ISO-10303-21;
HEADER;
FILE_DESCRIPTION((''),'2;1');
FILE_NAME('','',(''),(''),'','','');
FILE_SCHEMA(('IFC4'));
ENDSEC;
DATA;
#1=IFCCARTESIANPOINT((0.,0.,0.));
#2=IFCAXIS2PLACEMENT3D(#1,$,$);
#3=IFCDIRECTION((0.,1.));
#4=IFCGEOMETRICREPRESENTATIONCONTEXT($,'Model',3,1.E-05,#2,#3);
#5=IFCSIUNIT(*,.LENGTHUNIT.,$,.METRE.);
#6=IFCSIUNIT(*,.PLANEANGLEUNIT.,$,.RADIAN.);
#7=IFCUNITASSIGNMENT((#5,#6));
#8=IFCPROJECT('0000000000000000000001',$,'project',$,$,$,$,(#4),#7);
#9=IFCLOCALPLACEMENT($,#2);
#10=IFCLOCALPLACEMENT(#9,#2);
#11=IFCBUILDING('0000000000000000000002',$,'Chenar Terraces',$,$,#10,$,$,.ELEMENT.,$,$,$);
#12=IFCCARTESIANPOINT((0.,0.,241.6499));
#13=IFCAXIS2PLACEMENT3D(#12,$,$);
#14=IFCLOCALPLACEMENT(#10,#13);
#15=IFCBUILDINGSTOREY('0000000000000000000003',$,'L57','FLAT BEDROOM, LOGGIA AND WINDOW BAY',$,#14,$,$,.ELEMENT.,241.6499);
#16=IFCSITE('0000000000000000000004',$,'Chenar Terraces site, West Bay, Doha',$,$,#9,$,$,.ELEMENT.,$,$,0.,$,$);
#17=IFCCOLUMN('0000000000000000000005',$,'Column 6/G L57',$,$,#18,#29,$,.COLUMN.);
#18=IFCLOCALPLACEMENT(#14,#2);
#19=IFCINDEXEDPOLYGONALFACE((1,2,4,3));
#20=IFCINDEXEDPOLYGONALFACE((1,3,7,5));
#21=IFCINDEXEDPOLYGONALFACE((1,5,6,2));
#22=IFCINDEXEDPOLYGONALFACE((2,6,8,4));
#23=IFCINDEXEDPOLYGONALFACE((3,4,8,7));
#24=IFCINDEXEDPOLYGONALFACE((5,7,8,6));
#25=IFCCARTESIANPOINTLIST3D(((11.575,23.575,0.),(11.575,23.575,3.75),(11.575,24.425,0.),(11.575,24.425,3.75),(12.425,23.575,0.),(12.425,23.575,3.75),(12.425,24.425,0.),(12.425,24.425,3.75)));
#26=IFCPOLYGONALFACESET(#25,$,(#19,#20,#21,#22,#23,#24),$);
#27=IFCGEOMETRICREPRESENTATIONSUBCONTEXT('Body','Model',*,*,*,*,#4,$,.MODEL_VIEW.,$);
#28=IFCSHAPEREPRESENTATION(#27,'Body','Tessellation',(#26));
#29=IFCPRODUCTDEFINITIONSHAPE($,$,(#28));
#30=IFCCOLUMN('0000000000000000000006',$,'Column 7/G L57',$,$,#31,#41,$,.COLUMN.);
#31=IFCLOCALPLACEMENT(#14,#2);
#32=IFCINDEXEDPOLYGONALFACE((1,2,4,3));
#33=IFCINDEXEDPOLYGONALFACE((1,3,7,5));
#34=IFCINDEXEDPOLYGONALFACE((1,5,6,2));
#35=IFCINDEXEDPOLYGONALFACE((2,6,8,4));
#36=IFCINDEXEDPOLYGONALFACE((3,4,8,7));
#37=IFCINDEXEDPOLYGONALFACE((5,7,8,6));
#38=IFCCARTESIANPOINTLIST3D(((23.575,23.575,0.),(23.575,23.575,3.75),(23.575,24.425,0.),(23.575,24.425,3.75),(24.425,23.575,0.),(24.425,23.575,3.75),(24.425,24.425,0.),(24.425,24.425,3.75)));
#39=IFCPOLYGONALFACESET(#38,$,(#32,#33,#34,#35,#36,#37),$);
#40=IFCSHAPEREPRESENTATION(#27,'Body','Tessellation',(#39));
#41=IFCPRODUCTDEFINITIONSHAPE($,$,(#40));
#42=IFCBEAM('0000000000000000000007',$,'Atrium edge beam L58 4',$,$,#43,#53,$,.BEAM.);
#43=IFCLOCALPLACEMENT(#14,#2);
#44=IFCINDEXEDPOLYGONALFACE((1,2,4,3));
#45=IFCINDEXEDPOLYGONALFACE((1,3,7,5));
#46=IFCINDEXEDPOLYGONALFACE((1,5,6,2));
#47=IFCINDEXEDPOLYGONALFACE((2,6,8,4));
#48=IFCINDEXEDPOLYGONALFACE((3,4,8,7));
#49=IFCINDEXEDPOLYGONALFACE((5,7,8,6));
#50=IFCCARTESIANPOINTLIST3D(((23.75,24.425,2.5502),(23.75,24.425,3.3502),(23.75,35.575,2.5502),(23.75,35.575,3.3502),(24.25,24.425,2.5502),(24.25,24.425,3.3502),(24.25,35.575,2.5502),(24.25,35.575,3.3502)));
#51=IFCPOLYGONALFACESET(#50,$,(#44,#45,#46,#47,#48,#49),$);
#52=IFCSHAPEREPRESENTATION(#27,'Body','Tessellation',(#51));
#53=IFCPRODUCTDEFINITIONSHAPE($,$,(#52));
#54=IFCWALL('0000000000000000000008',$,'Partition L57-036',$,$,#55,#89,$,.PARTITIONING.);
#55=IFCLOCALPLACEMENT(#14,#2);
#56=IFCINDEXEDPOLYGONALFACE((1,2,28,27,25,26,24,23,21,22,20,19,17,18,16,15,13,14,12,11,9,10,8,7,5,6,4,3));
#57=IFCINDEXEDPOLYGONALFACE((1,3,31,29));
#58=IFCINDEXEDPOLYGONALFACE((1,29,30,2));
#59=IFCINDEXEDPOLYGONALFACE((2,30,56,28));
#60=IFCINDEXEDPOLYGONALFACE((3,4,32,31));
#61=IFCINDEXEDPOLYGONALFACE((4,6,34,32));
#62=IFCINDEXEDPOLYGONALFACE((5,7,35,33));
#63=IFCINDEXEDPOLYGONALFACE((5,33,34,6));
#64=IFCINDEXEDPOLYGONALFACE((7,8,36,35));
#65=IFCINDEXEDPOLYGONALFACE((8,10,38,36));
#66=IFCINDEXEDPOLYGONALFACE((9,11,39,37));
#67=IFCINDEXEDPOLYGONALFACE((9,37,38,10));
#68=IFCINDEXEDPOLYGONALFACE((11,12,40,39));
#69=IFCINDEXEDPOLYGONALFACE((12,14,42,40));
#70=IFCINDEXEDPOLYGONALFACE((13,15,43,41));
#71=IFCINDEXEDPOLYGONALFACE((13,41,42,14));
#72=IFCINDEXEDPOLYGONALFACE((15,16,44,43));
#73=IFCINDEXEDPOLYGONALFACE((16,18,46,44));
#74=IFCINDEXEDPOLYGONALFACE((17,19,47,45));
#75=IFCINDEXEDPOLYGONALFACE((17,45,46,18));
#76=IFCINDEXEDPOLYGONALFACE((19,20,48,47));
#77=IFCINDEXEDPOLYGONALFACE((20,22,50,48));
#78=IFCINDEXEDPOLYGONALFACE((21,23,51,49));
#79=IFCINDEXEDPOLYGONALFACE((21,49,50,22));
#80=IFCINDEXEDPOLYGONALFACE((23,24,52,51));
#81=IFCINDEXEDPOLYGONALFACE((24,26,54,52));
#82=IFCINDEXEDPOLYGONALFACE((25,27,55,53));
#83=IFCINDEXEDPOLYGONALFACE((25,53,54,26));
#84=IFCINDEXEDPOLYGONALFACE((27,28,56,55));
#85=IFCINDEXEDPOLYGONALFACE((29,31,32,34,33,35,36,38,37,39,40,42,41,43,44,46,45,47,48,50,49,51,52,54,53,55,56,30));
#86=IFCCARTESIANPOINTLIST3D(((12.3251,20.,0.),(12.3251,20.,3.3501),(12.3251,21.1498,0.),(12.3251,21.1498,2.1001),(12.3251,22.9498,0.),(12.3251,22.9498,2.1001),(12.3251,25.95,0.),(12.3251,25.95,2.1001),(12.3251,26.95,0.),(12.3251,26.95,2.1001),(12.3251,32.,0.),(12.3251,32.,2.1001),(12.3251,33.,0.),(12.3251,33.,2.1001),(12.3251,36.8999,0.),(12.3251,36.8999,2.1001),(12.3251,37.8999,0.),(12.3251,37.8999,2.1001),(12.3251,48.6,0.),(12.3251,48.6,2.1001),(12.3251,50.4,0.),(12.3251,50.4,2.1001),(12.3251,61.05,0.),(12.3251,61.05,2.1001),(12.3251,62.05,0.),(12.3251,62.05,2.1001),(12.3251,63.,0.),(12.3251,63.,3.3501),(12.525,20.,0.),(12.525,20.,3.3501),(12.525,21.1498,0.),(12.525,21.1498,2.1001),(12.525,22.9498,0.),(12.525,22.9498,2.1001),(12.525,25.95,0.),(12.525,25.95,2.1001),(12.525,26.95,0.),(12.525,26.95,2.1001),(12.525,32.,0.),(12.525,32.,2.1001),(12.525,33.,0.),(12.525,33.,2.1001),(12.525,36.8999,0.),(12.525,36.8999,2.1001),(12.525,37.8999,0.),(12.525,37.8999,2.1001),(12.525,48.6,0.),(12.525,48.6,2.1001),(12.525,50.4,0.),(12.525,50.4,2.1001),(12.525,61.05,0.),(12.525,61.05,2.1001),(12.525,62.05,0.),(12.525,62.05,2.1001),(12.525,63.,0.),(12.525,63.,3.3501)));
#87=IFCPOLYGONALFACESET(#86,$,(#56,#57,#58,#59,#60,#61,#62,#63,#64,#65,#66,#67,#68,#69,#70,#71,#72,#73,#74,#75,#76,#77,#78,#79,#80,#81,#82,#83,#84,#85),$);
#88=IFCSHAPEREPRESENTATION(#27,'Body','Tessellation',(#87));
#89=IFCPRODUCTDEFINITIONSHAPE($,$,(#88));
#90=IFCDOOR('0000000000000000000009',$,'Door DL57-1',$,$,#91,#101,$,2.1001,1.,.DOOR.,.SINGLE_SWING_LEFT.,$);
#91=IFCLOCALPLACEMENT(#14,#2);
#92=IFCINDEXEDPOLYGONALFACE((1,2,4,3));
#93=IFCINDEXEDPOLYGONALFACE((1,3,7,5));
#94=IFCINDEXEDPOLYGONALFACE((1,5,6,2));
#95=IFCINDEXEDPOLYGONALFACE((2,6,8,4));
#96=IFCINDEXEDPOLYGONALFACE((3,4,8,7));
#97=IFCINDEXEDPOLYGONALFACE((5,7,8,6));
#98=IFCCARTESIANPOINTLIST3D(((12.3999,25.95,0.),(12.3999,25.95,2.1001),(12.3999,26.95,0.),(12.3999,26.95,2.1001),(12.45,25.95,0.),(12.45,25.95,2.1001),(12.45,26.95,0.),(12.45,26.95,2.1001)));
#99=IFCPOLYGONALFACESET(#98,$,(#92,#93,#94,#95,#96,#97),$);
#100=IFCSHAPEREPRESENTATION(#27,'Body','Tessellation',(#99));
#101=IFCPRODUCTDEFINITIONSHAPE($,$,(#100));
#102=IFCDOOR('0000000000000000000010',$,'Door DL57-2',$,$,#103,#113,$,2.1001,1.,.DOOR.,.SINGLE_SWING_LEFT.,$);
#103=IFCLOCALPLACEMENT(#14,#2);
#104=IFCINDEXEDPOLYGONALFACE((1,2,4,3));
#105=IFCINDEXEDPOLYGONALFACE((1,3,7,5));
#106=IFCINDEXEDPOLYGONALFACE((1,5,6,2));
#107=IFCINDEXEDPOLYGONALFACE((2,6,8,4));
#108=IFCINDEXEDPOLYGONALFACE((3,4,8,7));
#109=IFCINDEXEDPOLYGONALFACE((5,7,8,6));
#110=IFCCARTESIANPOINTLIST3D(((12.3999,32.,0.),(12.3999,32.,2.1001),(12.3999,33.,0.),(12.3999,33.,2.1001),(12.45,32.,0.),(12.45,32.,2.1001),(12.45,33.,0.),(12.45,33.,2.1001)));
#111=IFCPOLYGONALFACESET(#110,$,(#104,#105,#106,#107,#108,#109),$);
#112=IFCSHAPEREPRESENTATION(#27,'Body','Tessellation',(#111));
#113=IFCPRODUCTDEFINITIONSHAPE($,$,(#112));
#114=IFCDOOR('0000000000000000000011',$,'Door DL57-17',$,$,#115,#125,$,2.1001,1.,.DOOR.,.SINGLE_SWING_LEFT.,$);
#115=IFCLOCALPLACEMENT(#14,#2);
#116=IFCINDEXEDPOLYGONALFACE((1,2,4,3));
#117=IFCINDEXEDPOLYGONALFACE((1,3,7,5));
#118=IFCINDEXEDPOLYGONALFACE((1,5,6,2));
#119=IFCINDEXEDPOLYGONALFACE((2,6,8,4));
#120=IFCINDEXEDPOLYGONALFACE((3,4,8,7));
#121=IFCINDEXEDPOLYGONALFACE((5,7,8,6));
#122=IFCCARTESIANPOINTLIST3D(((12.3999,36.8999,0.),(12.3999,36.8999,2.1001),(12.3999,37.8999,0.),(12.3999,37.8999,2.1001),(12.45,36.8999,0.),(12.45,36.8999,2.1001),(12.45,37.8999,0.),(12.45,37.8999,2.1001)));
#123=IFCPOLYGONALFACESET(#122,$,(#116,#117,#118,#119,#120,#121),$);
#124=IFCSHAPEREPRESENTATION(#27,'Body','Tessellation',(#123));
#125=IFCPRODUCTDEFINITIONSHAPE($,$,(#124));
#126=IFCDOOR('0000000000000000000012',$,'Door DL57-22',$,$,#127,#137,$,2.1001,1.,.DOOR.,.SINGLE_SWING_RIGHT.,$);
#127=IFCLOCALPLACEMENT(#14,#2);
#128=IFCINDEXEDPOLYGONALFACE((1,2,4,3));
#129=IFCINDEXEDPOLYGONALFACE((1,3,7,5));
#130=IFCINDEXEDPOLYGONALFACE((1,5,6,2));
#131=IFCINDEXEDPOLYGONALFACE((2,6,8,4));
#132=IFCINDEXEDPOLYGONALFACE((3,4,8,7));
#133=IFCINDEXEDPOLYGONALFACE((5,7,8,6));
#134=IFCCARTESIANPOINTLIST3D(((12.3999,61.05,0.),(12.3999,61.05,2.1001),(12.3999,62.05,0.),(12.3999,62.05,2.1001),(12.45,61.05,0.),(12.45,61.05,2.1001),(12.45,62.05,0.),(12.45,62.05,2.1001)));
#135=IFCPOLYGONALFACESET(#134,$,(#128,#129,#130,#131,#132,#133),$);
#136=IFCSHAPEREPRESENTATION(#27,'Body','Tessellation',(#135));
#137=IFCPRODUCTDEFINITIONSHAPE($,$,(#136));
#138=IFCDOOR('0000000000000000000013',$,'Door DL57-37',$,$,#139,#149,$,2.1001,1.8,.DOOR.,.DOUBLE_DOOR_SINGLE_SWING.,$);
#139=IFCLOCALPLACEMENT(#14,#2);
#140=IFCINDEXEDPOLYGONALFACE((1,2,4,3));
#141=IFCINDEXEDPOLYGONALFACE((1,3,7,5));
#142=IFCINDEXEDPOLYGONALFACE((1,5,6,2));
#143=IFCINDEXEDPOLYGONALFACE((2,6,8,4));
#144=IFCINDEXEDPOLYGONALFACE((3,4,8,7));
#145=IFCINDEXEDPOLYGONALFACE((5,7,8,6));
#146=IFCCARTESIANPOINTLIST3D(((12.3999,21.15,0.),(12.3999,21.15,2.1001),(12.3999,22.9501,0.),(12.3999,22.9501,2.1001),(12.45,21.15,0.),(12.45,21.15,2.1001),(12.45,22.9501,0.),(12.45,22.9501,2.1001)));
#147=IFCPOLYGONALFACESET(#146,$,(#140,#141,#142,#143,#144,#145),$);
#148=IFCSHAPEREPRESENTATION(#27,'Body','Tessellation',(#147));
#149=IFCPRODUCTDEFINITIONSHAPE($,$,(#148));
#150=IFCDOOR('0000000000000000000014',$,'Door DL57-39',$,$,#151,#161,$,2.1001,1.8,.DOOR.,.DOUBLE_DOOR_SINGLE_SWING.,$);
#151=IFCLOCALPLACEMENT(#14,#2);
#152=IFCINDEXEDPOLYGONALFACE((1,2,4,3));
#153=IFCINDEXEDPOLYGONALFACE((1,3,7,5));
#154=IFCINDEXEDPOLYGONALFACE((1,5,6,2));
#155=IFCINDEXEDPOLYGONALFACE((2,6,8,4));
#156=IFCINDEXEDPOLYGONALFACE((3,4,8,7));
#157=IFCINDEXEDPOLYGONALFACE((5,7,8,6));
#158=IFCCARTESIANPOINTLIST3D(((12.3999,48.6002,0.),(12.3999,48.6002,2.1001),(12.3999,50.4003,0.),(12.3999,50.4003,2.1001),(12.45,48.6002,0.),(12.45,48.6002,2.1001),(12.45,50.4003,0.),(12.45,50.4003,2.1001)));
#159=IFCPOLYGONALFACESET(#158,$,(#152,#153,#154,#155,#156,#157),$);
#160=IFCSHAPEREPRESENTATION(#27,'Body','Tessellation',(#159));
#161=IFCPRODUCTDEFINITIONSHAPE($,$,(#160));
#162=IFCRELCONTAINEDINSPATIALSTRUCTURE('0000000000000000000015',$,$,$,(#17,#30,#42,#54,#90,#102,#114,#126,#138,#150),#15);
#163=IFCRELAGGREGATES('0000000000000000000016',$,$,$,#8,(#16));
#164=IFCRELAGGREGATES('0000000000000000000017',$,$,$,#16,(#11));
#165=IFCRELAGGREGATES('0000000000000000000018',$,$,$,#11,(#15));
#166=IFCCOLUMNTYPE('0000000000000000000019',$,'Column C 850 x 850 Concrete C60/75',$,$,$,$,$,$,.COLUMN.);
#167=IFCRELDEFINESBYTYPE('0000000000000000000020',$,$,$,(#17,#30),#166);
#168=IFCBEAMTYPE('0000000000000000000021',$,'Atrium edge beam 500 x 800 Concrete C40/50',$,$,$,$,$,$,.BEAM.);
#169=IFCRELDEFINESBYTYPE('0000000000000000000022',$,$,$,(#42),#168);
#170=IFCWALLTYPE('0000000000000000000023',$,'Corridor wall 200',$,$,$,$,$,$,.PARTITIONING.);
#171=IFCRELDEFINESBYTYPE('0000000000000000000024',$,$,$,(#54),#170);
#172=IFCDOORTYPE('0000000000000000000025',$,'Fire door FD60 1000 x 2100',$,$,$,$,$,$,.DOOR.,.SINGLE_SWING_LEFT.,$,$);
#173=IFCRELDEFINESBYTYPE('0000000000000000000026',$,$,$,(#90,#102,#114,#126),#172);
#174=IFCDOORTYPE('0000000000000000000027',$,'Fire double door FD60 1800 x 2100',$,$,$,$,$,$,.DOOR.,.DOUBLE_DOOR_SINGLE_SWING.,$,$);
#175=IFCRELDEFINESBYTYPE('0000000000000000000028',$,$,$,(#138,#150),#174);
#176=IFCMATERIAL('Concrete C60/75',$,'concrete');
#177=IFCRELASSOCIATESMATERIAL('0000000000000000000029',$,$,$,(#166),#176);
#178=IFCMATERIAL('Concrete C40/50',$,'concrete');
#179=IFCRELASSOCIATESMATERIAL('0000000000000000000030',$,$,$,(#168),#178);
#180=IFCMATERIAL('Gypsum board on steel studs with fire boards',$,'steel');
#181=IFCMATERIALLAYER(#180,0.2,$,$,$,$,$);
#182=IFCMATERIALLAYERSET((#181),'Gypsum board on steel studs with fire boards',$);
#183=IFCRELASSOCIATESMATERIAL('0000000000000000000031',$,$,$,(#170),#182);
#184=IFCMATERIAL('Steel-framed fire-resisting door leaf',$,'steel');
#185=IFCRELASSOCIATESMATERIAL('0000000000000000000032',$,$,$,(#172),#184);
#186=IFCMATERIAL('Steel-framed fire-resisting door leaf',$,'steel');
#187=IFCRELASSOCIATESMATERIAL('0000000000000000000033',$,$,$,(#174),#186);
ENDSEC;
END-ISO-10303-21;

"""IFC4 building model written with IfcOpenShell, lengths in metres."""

from ifc_helpers import new_model, si_unit, direction, frame, frame_2d, origin, origin_2d, place, context, subcontext, project, spatial, rectangle, extrude, material, layer, layer_set, material_profile, profile_set, type_object, element, fill, save


model = new_model("IFC4")

# Units and contexts
model_context = context("Model", 3, precision=1e-05, world=origin(), true_north=direction((0.0, 1.0)))
body_context = subcontext(model_context, "Body", "Model", "MODEL_VIEW")
ifc_project = project(units=[si_unit("LENGTHUNIT", "METRE"), si_unit("PLANEANGLEUNIT", "RADIAN")], contexts=[model_context])

# Site, building, storey
site_placement = place(None, origin())
site = spatial("IfcSite", under=ifc_project, at=site_placement, Name="Chenar Terraces site, West Bay, Doha", CompositionType="ELEMENT", RefElevation=0.0)
building_placement = place(site_placement, origin())
building = spatial("IfcBuilding", under=site, at=building_placement, Name="Chenar Terraces", CompositionType="ELEMENT")
storey_placement = place(building_placement, frame((0.0, 0.0, 241.6499)))
storey = spatial("IfcBuildingStorey", under=building, at=storey_placement, Name="L57", Description="FLAT BEDROOM, LOGGIA AND WINDOW BAY", CompositionType="ELEMENT", Elevation=241.6499)

# Columns
ifc_material_1 = material(Name="Concrete C60/75", Category="concrete")
ifc_material_profile_1 = material_profile(ifc_material_1, rectangle(XDim=0.8501, YDim=0.8501, at=origin_2d()), Name="C 850 x 850")
ifc_profile_set_1 = profile_set([ifc_material_profile_1], Name="Concrete C60/75")
column_type = type_object("IfcColumnType", Name="Column C 850 x 850 Concrete C60/75", PredefinedType="COLUMN", material=ifc_profile_set_1)
for number, where, z_axis, x_axis, name in (
    (1, (12.0, 24.0, 0.0), (0.0, 0.0, 1.0), (1.0, 0.0, 0.0), "Column 6/G L57"),
    (2, (24.0, 24.0, 0.0), (0.0, 0.0, 1.0), (1.0, 0.0, 0.0), "Column 7/G L57"),
):
    element("IfcColumn", number, at=place(storey_placement, frame(where, z_axis=z_axis, x_axis=x_axis)), inside=storey, type_object=column_type, Name=name, PredefinedType="COLUMN", context=body_context, shape_type="SweptSolid", body=[
        extrude(rectangle(XDim=0.8501, YDim=0.8501, at=origin_2d()), origin(), (0.0, 0.0, 1.0), 3.75),
    ])

# Beam
ifc_material_2 = material(Name="Concrete C40/50", Category="concrete")
ifc_material_profile_2 = material_profile(ifc_material_2, rectangle(XDim=0.5, YDim=0.8, at=origin_2d()), Name="RC 500 x 800")
ifc_profile_set_2 = profile_set([ifc_material_profile_2], Name="Concrete C40/50")
beam_type = type_object("IfcBeamType", Name="Atrium edge beam 500 x 800 Concrete C40/50", PredefinedType="BEAM", material=ifc_profile_set_2)
beam_placement = place(storey_placement, frame((24.0, 35.575, 2.9502), z_axis=(0.0, -1.0, 0.0), x_axis=(1.0, 0.0, 0.0)))
element("IfcBeam", 3, at=beam_placement, inside=storey, type_object=beam_type, Name="Atrium edge beam L58 4", PredefinedType="BEAM", context=body_context, shape_type="SweptSolid", body=[
    extrude(rectangle(XDim=0.5, YDim=0.8, at=origin_2d()), origin(), (0.0, 0.0, 1.0), 11.1499),
])

# Wall, openings, doors
ifc_material_3 = material(Name="Gypsum board on steel studs with fire boards", Category="steel")
ifc_layer_1 = layer(ifc_material_3, 0.2)
ifc_layer_set_1 = layer_set([ifc_layer_1], Name="Gypsum board on steel studs with fire boards")
wall_type_1 = type_object("IfcWallType", Name="Corridor wall 200", PredefinedType="PARTITIONING", material=ifc_layer_set_1)
wall_1_placement = place(storey_placement, frame((12.425, 20.0, 0.0), z_axis=(0.0, 0.0, 1.0), x_axis=(0.0, 1.0, 0.0)))
wall_1 = element("IfcWall", 4, at=wall_1_placement, inside=storey, type_object=wall_type_1, Name="Partition L57-036", PredefinedType="PARTITIONING", context=body_context, shape_type="SweptSolid", body=[
    extrude(rectangle(XDim=43.0, YDim=0.2, at=frame_2d((21.5, 0.0))), origin(), (0.0, 0.0, 1.0), 3.3501),
])
opening_1_placement = place(wall_1_placement, frame((5.95, 0.0, 0.0)))
opening_1 = element("IfcOpeningElement", 5, at=opening_1_placement, cuts=wall_1, PredefinedType="OPENING", context=body_context, shape_type="SweptSolid", body=[
    extrude(rectangle(XDim=1.0, YDim=2.1001, at=frame_2d((0.5, 1.05))), frame((0.0, 0.1099, 0.0), z_axis=(0.0, -1.0, 0.0), x_axis=(1.0, 0.0, 0.0)), (0.0, 0.0, 1.0), 0.22),
])
opening_2_placement = place(wall_1_placement, frame((12.0, 0.0, 0.0)))
opening_2 = element("IfcOpeningElement", 6, at=opening_2_placement, cuts=wall_1, PredefinedType="OPENING", context=body_context, shape_type="SweptSolid", body=[
    extrude(rectangle(XDim=1.0, YDim=2.1001, at=frame_2d((0.5, 1.05))), frame((0.0, 0.1099, 0.0), z_axis=(0.0, -1.0, 0.0), x_axis=(1.0, 0.0, 0.0)), (0.0, 0.0, 1.0), 0.22),
])
opening_3_placement = place(wall_1_placement, frame((16.8999, 0.0, 0.0)))
opening_3 = element("IfcOpeningElement", 7, at=opening_3_placement, cuts=wall_1, PredefinedType="OPENING", context=body_context, shape_type="SweptSolid", body=[
    extrude(rectangle(XDim=1.0, YDim=2.1001, at=frame_2d((0.5, 1.05))), frame((0.0, 0.1099, 0.0), z_axis=(0.0, -1.0, 0.0), x_axis=(1.0, 0.0, 0.0)), (0.0, 0.0, 1.0), 0.22),
])
opening_4_placement = place(wall_1_placement, frame((41.05, 0.0, 0.0)))
opening_4 = element("IfcOpeningElement", 8, at=opening_4_placement, cuts=wall_1, PredefinedType="OPENING", context=body_context, shape_type="SweptSolid", body=[
    extrude(rectangle(XDim=1.0, YDim=2.1001, at=frame_2d((0.5, 1.05))), frame((0.0, 0.1099, 0.0), z_axis=(0.0, -1.0, 0.0), x_axis=(1.0, 0.0, 0.0)), (0.0, 0.0, 1.0), 0.22),
])
opening_5_placement = place(wall_1_placement, frame((1.1499, 0.0, 0.0)))
opening_5 = element("IfcOpeningElement", 9, at=opening_5_placement, cuts=wall_1, PredefinedType="OPENING", context=body_context, shape_type="SweptSolid", body=[
    extrude(rectangle(XDim=1.8, YDim=2.1001, at=frame_2d((0.8999, 1.05))), frame((0.0, 0.1099, 0.0), z_axis=(0.0, -1.0, 0.0), x_axis=(1.0, 0.0, 0.0)), (0.0, 0.0, 1.0), 0.22),
])
opening_6_placement = place(wall_1_placement, frame((28.6001, 0.0, 0.0)))
opening_6 = element("IfcOpeningElement", 10, at=opening_6_placement, cuts=wall_1, PredefinedType="OPENING", context=body_context, shape_type="SweptSolid", body=[
    extrude(rectangle(XDim=1.8, YDim=2.1001, at=frame_2d((0.8999, 1.05))), frame((0.0, 0.1099, 0.0), z_axis=(0.0, -1.0, 0.0), x_axis=(1.0, 0.0, 0.0)), (0.0, 0.0, 1.0), 0.22),
])
ifc_material_4 = material(Name="Steel-framed fire-resisting door leaf", Category="steel")
door_type_1 = type_object("IfcDoorType", Name="Fire door FD60 1000 x 2100", OperationType="SINGLE_SWING_LEFT", PredefinedType="DOOR", material=ifc_material_4)
door_1_placement = place(opening_1_placement, frame((1.0, 0.0, 0.0), z_axis=(0.0, 0.0, 1.0), x_axis=(-1.0, 0.0, 0.0)))
door_1 = element("IfcDoor", 11, at=door_1_placement, inside=storey, type_object=door_type_1, Name="Door DL57-1", OperationType="SINGLE_SWING_LEFT", OverallHeight=2.1001, OverallWidth=1.0, PredefinedType="DOOR", context=body_context, shape_type="SweptSolid", body=[
    extrude(rectangle(XDim=1.0, YDim=2.1001, at=frame_2d((0.5, 1.05))), frame((0.0, 0.0249, 0.0), z_axis=(0.0, -1.0, 0.0), x_axis=(1.0, 0.0, 0.0)), (0.0, 0.0, 1.0), 0.05),
])
fill(opening_1, door_1)
door_2_placement = place(opening_2_placement, frame((1.0, 0.0, 0.0), z_axis=(0.0, 0.0, 1.0), x_axis=(-1.0, 0.0, 0.0)))
door_2 = element("IfcDoor", 12, at=door_2_placement, inside=storey, type_object=door_type_1, Name="Door DL57-2", OperationType="SINGLE_SWING_LEFT", OverallHeight=2.1001, OverallWidth=1.0, PredefinedType="DOOR", context=body_context, shape_type="SweptSolid", body=[
    extrude(rectangle(XDim=1.0, YDim=2.1001, at=frame_2d((0.5, 1.05))), frame((0.0, 0.0249, 0.0), z_axis=(0.0, -1.0, 0.0), x_axis=(1.0, 0.0, 0.0)), (0.0, 0.0, 1.0), 0.05),
])
fill(opening_2, door_2)
door_3_placement = place(opening_3_placement, frame((1.0, 0.0, 0.0), z_axis=(0.0, 0.0, 1.0), x_axis=(-1.0, 0.0, 0.0)))
door_3 = element("IfcDoor", 13, at=door_3_placement, inside=storey, type_object=door_type_1, Name="Door DL57-17", OperationType="SINGLE_SWING_LEFT", OverallHeight=2.1001, OverallWidth=1.0, PredefinedType="DOOR", context=body_context, shape_type="SweptSolid", body=[
    extrude(rectangle(XDim=1.0, YDim=2.1001, at=frame_2d((0.5, 1.05))), frame((0.0, 0.0249, 0.0), z_axis=(0.0, -1.0, 0.0), x_axis=(1.0, 0.0, 0.0)), (0.0, 0.0, 1.0), 0.05),
])
fill(opening_3, door_3)
door_4_placement = place(opening_4_placement, frame((1.0, 0.0, 0.0), z_axis=(0.0, 0.0, 1.0), x_axis=(-1.0, 0.0, 0.0)))
door_4 = element("IfcDoor", 14, at=door_4_placement, inside=storey, type_object=door_type_1, Name="Door DL57-22", OperationType="SINGLE_SWING_RIGHT", OverallHeight=2.1001, OverallWidth=1.0, PredefinedType="DOOR", context=body_context, shape_type="SweptSolid", body=[
    extrude(rectangle(XDim=1.0, YDim=2.1001, at=frame_2d((0.5, 1.05))), frame((0.0, 0.0249, 0.0), z_axis=(0.0, -1.0, 0.0), x_axis=(1.0, 0.0, 0.0)), (0.0, 0.0, 1.0), 0.05),
])
fill(opening_4, door_4)
ifc_material_5 = material(Name="Steel-framed fire-resisting door leaf", Category="steel")
door_type_2 = type_object("IfcDoorType", Name="Fire double door FD60 1800 x 2100", OperationType="DOUBLE_DOOR_SINGLE_SWING", PredefinedType="DOOR", material=ifc_material_5)
door_5_placement = place(opening_5_placement, frame((1.8, 0.0, 0.0), z_axis=(0.0, 0.0, 1.0), x_axis=(-1.0, 0.0, 0.0)))
door_5 = element("IfcDoor", 15, at=door_5_placement, inside=storey, type_object=door_type_2, Name="Door DL57-37", OperationType="DOUBLE_DOOR_SINGLE_SWING", OverallHeight=2.1001, OverallWidth=1.8, PredefinedType="DOOR", context=body_context, shape_type="SweptSolid", body=[
    extrude(rectangle(XDim=1.8, YDim=2.1001, at=frame_2d((0.8999, 1.05))), frame((0.0, 0.0249, 0.0), z_axis=(0.0, -1.0, 0.0), x_axis=(1.0, 0.0, 0.0)), (0.0, 0.0, 1.0), 0.05),
])
fill(opening_5, door_5)
door_6_placement = place(opening_6_placement, frame((1.8, 0.0, 0.0), z_axis=(0.0, 0.0, 1.0), x_axis=(-1.0, 0.0, 0.0)))
door_6 = element("IfcDoor", 16, at=door_6_placement, inside=storey, type_object=door_type_2, Name="Door DL57-39", OperationType="DOUBLE_DOOR_SINGLE_SWING", OverallHeight=2.1001, OverallWidth=1.8, PredefinedType="DOOR", context=body_context, shape_type="SweptSolid", body=[
    extrude(rectangle(XDim=1.8, YDim=2.1001, at=frame_2d((0.8999, 1.05))), frame((0.0, 0.0249, 0.0), z_axis=(0.0, -1.0, 0.0), x_axis=(1.0, 0.0, 0.0)), (0.0, 0.0, 1.0), 0.05),
])
fill(opening_6, door_6)

save(model, "model.ifc")
